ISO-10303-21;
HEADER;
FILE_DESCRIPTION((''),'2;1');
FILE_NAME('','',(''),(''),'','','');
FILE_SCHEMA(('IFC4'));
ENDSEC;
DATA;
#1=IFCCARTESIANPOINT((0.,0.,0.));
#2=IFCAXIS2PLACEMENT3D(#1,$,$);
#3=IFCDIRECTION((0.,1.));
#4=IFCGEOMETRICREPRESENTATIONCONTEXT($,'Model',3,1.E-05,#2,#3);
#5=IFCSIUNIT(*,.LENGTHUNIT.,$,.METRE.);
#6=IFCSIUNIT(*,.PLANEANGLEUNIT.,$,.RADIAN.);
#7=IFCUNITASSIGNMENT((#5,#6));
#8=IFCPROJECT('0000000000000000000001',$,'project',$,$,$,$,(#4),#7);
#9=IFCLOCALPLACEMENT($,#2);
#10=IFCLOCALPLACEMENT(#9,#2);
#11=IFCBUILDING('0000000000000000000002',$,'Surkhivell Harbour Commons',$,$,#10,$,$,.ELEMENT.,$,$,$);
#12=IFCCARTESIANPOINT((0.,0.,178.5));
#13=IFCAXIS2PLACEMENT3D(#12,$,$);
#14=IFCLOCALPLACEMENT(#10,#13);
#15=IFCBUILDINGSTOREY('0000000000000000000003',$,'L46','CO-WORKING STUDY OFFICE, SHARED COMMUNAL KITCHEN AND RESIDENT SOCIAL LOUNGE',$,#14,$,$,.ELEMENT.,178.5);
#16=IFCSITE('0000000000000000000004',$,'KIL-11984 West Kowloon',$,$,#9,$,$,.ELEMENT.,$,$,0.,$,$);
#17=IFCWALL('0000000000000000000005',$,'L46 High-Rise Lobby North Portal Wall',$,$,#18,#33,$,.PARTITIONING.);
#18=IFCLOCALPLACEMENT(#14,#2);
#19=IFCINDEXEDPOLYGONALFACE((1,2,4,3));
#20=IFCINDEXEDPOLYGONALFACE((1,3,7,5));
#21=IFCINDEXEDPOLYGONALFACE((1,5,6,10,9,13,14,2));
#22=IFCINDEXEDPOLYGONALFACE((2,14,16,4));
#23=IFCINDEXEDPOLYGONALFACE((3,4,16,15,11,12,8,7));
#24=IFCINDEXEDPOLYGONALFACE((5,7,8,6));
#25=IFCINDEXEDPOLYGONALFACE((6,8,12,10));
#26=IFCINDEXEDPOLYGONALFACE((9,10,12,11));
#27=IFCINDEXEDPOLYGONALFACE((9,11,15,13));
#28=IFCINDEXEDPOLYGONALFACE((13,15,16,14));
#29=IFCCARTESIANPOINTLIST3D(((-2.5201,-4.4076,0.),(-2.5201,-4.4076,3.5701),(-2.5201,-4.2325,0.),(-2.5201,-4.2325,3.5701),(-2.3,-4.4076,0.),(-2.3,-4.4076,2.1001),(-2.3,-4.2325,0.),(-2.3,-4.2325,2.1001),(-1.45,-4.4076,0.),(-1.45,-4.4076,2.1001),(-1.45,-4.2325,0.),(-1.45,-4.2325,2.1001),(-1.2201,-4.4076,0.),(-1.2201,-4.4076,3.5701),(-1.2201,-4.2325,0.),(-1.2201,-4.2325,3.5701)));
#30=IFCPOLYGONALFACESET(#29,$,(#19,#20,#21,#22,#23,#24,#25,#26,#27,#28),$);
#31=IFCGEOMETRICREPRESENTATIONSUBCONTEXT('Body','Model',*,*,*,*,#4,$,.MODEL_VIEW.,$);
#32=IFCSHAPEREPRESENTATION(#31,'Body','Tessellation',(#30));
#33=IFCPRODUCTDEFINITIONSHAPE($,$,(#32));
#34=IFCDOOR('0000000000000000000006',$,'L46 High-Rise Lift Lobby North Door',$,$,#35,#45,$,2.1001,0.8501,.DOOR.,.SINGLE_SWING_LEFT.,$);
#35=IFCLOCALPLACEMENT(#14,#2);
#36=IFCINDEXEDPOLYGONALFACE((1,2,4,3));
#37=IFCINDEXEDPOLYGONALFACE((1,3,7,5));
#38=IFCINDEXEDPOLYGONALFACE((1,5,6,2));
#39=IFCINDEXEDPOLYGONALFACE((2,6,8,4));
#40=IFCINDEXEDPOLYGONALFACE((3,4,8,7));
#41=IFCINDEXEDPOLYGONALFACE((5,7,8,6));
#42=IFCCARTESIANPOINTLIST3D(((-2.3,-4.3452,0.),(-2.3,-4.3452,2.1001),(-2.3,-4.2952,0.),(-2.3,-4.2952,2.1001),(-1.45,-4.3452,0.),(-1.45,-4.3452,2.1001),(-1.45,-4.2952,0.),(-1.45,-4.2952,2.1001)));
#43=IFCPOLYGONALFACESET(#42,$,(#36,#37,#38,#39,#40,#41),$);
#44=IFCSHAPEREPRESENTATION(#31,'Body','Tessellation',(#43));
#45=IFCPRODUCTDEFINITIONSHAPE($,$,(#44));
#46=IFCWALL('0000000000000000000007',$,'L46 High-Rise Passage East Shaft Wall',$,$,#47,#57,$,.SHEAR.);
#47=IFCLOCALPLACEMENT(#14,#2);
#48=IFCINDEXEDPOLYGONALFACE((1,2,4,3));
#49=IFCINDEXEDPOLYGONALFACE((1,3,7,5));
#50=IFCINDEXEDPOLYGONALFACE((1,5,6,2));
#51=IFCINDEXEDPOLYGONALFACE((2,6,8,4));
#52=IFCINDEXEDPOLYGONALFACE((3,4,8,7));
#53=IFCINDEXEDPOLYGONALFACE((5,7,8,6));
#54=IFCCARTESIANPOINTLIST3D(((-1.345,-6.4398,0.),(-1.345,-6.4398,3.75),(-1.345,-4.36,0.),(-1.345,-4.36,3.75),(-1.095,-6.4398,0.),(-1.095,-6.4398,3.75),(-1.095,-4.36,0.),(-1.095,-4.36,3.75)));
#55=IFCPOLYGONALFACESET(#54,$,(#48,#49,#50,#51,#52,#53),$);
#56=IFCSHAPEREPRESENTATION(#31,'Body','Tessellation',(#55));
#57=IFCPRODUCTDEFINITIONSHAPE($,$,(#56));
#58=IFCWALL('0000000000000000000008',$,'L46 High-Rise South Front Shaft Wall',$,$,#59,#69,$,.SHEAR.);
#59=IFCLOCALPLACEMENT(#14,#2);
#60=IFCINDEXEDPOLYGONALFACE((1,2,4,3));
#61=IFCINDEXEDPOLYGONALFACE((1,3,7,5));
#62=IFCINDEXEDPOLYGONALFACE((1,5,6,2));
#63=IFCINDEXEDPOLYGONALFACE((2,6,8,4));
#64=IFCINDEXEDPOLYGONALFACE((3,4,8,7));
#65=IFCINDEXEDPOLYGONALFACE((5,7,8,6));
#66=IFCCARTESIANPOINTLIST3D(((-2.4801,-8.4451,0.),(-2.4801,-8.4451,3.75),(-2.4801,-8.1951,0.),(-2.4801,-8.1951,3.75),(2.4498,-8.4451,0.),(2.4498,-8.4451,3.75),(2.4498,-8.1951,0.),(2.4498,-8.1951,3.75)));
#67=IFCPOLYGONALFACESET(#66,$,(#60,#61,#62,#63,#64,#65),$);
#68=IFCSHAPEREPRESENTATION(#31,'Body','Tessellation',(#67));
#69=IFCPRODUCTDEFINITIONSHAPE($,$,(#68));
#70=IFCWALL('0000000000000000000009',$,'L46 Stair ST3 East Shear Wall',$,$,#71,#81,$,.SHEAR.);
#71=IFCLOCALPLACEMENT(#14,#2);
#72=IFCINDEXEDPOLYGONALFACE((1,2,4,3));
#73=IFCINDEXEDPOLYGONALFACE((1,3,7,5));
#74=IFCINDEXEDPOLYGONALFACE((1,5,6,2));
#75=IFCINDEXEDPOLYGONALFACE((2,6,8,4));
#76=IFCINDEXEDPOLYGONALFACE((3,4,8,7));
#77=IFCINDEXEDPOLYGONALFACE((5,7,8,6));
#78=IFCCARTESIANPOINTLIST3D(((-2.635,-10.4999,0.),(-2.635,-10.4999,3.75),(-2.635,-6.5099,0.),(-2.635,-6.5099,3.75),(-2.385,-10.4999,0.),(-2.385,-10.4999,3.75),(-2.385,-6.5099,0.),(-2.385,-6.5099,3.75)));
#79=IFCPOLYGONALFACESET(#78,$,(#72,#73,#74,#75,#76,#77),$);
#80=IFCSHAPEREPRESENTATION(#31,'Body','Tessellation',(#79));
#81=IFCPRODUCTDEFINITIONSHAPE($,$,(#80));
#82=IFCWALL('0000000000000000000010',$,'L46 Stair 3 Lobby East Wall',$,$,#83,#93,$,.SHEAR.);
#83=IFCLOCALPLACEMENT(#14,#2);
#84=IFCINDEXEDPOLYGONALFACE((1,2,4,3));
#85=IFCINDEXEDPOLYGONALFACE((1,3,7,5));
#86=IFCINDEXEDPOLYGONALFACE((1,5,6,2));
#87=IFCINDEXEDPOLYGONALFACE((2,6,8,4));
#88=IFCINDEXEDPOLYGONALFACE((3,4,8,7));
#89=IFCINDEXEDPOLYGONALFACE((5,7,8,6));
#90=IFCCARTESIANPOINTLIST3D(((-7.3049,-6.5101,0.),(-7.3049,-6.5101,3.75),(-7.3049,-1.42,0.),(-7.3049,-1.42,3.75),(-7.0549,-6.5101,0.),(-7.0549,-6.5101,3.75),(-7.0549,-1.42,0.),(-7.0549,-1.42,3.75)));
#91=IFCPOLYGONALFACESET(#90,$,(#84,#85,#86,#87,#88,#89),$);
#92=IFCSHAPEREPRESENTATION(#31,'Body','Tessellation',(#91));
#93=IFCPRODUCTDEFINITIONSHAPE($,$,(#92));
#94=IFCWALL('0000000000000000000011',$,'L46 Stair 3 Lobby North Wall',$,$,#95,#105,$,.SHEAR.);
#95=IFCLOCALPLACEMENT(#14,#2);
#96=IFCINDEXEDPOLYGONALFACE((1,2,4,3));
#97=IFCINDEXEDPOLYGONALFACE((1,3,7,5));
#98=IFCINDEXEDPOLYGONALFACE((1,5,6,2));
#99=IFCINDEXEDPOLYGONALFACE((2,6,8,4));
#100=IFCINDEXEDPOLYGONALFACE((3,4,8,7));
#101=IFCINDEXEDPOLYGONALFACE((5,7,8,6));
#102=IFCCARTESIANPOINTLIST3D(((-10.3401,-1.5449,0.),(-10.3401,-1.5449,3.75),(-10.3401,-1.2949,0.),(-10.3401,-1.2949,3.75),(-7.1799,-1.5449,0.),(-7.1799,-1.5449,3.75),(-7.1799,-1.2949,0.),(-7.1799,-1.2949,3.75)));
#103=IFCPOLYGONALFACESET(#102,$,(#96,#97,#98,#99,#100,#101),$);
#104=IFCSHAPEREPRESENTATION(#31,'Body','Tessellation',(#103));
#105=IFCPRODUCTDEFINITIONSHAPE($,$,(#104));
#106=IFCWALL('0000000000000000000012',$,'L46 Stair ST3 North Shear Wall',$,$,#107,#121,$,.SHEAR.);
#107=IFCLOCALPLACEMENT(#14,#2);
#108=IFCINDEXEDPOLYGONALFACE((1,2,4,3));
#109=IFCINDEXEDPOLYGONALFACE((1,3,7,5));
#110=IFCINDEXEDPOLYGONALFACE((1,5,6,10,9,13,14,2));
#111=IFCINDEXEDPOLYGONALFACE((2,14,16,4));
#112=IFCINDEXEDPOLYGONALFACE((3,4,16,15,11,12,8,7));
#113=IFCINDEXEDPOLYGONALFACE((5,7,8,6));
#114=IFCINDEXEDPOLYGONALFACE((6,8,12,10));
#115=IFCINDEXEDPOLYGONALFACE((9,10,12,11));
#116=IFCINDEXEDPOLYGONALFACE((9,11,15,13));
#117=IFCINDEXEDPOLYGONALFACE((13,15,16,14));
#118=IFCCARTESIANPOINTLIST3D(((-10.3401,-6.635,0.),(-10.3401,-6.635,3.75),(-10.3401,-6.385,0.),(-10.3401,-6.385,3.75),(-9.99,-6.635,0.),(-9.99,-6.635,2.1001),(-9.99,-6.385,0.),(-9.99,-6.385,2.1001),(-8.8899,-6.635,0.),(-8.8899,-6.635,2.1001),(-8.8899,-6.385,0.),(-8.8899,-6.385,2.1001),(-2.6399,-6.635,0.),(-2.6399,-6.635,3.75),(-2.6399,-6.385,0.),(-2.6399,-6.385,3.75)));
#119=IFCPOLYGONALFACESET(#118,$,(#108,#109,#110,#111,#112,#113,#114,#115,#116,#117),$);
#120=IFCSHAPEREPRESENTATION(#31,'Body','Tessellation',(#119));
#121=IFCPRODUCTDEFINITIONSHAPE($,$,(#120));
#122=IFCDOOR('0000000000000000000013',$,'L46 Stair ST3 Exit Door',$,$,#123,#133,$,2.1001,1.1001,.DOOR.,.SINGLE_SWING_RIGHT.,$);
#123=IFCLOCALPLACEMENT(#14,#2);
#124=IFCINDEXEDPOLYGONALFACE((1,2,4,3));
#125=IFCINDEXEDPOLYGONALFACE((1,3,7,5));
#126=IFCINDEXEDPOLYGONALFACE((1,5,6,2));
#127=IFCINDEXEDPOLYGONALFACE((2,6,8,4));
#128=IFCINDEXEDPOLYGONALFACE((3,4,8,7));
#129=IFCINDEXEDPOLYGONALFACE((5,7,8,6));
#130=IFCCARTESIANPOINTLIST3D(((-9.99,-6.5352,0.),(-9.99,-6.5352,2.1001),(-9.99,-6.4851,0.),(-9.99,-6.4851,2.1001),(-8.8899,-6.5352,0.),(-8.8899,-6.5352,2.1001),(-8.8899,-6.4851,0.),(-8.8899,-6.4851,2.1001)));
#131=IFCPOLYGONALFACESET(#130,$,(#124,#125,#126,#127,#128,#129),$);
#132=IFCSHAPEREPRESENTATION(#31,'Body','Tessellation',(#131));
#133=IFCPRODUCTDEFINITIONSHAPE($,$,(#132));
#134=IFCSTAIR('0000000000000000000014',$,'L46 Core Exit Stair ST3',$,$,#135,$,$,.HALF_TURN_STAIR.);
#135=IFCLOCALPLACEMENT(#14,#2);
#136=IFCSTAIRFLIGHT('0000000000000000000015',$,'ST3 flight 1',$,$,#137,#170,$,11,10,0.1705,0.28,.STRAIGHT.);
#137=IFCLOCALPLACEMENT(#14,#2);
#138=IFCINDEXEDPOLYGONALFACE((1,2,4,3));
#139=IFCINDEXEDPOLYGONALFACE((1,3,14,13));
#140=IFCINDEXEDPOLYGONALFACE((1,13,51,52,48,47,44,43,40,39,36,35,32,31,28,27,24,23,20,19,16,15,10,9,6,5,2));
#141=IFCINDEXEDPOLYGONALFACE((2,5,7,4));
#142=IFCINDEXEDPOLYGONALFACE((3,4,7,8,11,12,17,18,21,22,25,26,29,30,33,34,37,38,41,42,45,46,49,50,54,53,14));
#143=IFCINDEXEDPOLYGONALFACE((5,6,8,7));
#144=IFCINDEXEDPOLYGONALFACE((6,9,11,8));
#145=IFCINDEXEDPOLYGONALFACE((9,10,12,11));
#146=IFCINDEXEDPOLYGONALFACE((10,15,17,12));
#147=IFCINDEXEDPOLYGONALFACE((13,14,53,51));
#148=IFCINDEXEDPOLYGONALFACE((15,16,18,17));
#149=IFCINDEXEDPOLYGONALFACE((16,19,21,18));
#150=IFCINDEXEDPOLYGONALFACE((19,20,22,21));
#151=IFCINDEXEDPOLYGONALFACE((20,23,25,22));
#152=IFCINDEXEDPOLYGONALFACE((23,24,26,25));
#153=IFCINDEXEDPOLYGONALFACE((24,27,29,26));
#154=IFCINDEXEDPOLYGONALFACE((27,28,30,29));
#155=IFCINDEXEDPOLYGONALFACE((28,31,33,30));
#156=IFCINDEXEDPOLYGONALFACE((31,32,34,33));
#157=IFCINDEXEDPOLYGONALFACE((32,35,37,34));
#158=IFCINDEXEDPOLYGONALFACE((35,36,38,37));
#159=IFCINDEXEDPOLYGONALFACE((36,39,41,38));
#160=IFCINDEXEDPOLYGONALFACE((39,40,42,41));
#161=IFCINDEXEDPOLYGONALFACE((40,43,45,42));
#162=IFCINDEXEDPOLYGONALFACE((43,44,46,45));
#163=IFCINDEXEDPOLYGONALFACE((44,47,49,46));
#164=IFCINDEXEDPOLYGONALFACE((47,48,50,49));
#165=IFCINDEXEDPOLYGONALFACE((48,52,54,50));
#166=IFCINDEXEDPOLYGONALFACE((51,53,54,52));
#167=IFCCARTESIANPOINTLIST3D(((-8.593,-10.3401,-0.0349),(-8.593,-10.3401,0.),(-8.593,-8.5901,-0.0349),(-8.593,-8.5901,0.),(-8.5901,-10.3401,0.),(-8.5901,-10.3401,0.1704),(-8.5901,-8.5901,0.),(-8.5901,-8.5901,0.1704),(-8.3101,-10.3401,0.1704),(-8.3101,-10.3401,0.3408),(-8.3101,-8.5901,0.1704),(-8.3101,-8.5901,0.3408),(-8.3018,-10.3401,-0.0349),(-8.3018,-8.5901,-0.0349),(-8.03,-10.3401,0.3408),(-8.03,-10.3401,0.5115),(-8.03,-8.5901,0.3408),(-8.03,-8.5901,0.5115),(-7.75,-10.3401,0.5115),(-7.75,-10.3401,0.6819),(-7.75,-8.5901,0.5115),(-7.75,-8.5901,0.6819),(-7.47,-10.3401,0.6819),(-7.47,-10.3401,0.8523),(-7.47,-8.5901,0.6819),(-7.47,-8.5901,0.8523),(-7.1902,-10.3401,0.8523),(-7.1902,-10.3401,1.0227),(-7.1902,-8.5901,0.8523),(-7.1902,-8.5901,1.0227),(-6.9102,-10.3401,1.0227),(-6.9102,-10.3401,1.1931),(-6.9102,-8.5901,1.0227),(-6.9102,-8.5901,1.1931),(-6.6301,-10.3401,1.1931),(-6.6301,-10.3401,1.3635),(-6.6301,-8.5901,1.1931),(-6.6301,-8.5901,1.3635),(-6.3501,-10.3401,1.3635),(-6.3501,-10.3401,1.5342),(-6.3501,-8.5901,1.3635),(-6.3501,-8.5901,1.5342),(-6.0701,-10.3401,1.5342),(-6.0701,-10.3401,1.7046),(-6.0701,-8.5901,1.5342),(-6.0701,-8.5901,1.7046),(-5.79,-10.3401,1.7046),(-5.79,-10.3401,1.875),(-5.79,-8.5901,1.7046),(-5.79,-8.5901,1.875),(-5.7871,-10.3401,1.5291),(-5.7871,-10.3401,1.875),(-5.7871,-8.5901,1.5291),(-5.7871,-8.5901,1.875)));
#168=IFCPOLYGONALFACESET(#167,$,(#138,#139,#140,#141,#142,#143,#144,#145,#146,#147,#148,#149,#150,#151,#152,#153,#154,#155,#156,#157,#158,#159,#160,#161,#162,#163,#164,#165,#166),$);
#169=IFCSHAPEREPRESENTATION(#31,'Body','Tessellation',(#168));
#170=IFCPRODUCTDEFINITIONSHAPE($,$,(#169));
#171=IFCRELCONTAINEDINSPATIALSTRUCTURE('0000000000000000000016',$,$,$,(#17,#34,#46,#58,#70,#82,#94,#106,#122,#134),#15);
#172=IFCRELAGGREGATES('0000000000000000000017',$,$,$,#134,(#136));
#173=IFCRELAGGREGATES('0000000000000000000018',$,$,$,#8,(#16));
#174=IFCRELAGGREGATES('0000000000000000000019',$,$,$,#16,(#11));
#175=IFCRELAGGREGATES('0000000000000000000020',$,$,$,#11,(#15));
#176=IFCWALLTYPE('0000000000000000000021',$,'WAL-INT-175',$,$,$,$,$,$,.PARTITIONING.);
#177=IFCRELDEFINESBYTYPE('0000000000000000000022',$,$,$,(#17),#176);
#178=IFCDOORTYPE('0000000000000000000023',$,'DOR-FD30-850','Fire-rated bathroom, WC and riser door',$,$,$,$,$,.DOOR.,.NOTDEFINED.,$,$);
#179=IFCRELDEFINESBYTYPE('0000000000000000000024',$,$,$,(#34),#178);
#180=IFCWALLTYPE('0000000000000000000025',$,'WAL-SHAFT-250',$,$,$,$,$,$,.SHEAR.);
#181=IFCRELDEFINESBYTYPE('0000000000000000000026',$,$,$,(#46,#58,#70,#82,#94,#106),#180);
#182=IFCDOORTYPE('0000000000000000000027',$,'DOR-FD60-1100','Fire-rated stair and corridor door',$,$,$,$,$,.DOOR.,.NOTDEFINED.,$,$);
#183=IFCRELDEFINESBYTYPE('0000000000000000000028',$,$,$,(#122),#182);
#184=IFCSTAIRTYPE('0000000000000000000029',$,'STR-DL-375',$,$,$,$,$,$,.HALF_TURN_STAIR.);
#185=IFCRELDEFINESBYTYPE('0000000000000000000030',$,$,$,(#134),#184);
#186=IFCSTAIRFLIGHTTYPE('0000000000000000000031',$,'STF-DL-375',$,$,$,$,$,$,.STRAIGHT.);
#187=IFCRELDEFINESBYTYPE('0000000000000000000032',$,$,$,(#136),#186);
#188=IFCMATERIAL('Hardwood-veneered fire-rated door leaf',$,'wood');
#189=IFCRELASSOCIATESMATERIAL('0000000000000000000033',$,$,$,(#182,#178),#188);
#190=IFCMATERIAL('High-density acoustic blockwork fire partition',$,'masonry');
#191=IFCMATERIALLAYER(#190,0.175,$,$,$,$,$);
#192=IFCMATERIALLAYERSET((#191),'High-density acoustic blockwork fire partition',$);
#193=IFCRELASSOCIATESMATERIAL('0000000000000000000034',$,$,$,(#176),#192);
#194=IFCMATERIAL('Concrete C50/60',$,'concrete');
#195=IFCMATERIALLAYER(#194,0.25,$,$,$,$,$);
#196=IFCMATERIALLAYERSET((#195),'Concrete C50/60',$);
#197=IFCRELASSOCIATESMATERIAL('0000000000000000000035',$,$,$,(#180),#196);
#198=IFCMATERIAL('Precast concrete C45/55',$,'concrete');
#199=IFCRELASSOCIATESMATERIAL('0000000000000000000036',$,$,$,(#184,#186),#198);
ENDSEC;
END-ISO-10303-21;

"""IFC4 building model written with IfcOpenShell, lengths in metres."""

from ifc_helpers import new_model, si_unit, direction, frame, frame_2d, origin, place, context, subcontext, project, spatial, polyline, rectangle, outline, extrude, material, layer, layer_set, type_object, element, fill, aggregate, save


model = new_model("IFC4")

# Units and contexts
model_context = context("Model", 3, precision=1e-05, world=origin(), true_north=direction((0.0, 1.0)))
body_context = subcontext(model_context, "Body", "Model", "MODEL_VIEW")
ifc_project = project(units=[si_unit("LENGTHUNIT", "METRE"), si_unit("PLANEANGLEUNIT", "RADIAN")], contexts=[model_context])

# Site, building, storey
site_placement = place(None, origin())
site = spatial("IfcSite", under=ifc_project, at=site_placement, Name="KIL-11984 West Kowloon", CompositionType="ELEMENT", RefElevation=0.0)
building_placement = place(site_placement, origin())
building = spatial("IfcBuilding", under=site, at=building_placement, Name="Surkhivell Harbour Commons", CompositionType="ELEMENT")
storey_placement = place(building_placement, frame((0.0, 0.0, 178.5)))
storey = spatial("IfcBuildingStorey", under=building, at=storey_placement, Name="L46", Description="CO-WORKING STUDY OFFICE, SHARED COMMUNAL KITCHEN AND RESIDENT SOCIAL LOUNGE", CompositionType="ELEMENT", Elevation=178.5)

# Shared definitions
ifc_material_1 = material(Name="Hardwood-veneered fire-rated door leaf", Category="wood")
door_type_1 = type_object("IfcDoorType", Name="DOR-FD60-1100", Description="Fire-rated stair and corridor door", OperationType="NOTDEFINED", PredefinedType="DOOR", material=ifc_material_1)
door_type_2 = type_object("IfcDoorType", Name="DOR-FD30-850", Description="Fire-rated bathroom, WC and riser door", OperationType="NOTDEFINED", PredefinedType="DOOR", material=ifc_material_1)
ifc_material_2 = material(Name="High-density acoustic blockwork fire partition", Category="masonry")
ifc_layer_1 = layer(ifc_material_2, 0.175)
ifc_layer_set_1 = layer_set([ifc_layer_1], Name="High-density acoustic blockwork fire partition")
wall_type_1 = type_object("IfcWallType", Name="WAL-INT-175", PredefinedType="PARTITIONING", material=ifc_layer_set_1)

# Wall, opening, door
wall_1_placement = place(storey_placement, frame((-2.52, -4.3201, 0.0), z_axis=(0.0, 0.0, 1.0), x_axis=(1.0, 0.0, 0.0)))
wall_1 = element("IfcWall", 1, at=wall_1_placement, inside=storey, type_object=wall_type_1, Name="L46 High-Rise Lobby North Portal Wall", PredefinedType="PARTITIONING", context=body_context, shape_type="SweptSolid", body=[
    extrude(rectangle(XDim=1.3, YDim=0.175, at=frame_2d((0.6499, 0.0))), origin(), (0.0, 0.0, 1.0), 3.5701),
])
opening_1_placement = place(wall_1_placement, frame((0.22, 0.0, 0.0)))
opening_1 = element("IfcOpeningElement", 2, at=opening_1_placement, cuts=wall_1, PredefinedType="OPENING", context=body_context, shape_type="SweptSolid", body=[
    extrude(rectangle(XDim=0.8501, YDim=2.1001, at=frame_2d((0.425, 1.05))), frame((0.0, 0.0974, 0.0), z_axis=(0.0, -1.0, 0.0), x_axis=(1.0, 0.0, 0.0)), (0.0, 0.0, 1.0), 0.1951),
])
door_1_placement = place(opening_1_placement, origin())
door_1 = element("IfcDoor", 3, at=door_1_placement, inside=storey, type_object=door_type_2, Name="L46 High-Rise Lift Lobby North Door", OperationType="SINGLE_SWING_LEFT", OverallHeight=2.1001, OverallWidth=0.8501, PredefinedType="DOOR", context=body_context, shape_type="SweptSolid", body=[
    extrude(rectangle(XDim=0.8501, YDim=2.1001, at=frame_2d((0.425, 1.05))), frame((0.0, 0.0249, 0.0), z_axis=(0.0, -1.0, 0.0), x_axis=(1.0, 0.0, 0.0)), (0.0, 0.0, 1.0), 0.05),
])
fill(opening_1, door_1)

# Walls
ifc_material_3 = material(Name="Concrete C50/60", Category="concrete")
ifc_layer_2 = layer(ifc_material_3, 0.25)
ifc_layer_set_2 = layer_set([ifc_layer_2], Name="Concrete C50/60")
wall_type_2 = type_object("IfcWallType", Name="WAL-SHAFT-250", PredefinedType="SHEAR", material=ifc_layer_set_2)
wall_2_placement = place(storey_placement, frame((-1.22, -6.4399, 0.0), z_axis=(0.0, 0.0, 1.0), x_axis=(0.0, 1.0, 0.0)))
element("IfcWall", 4, at=wall_2_placement, inside=storey, type_object=wall_type_2, Name="L46 High-Rise Passage East Shaft Wall", PredefinedType="SHEAR", context=body_context, shape_type="SweptSolid", body=[
    extrude(rectangle(XDim=2.0798, YDim=0.25, at=frame_2d((1.04, 0.0))), origin(), (0.0, 0.0, 1.0), 3.75),
])
wall_3_placement = place(storey_placement, frame((-2.48, -8.3201, 0.0), z_axis=(0.0, 0.0, 1.0), x_axis=(1.0, 0.0, 0.0)))
element("IfcWall", 5, at=wall_3_placement, inside=storey, type_object=wall_type_2, Name="L46 High-Rise South Front Shaft Wall", PredefinedType="SHEAR", context=body_context, shape_type="SweptSolid", body=[
    extrude(rectangle(XDim=4.9299, YDim=0.25, at=frame_2d((2.4648, 0.0))), origin(), (0.0, 0.0, 1.0), 3.75),
])
wall_4_placement = place(storey_placement, frame((-2.51, -10.5, 0.0), z_axis=(0.0, 0.0, 1.0), x_axis=(0.0, 1.0, 0.0)))
element("IfcWall", 6, at=wall_4_placement, inside=storey, type_object=wall_type_2, Name="L46 Stair ST3 East Shear Wall", PredefinedType="SHEAR", context=body_context, shape_type="SweptSolid", body=[
    extrude(rectangle(XDim=3.99, YDim=0.25, at=frame_2d((1.9951, 0.0))), origin(), (0.0, 0.0, 1.0), 3.75),
])
wall_5_placement = place(storey_placement, frame((-7.1799, -6.51, 0.0), z_axis=(0.0, 0.0, 1.0), x_axis=(0.0, 1.0, 0.0)))
element("IfcWall", 7, at=wall_5_placement, inside=storey, type_object=wall_type_2, Name="L46 Stair 3 Lobby East Wall", PredefinedType="SHEAR", context=body_context, shape_type="SweptSolid", body=[
    extrude(rectangle(XDim=5.0901, YDim=0.25, at=frame_2d((2.5449, 0.0))), origin(), (0.0, 0.0, 1.0), 3.75),
])
wall_6_placement = place(storey_placement, frame((-10.3401, -1.4199, 0.0), z_axis=(0.0, 0.0, 1.0), x_axis=(1.0, 0.0, 0.0)))
element("IfcWall", 8, at=wall_6_placement, inside=storey, type_object=wall_type_2, Name="L46 Stair 3 Lobby North Wall", PredefinedType="SHEAR", context=body_context, shape_type="SweptSolid", body=[
    extrude(rectangle(XDim=3.1602, YDim=0.25, at=frame_2d((1.5801, 0.0))), origin(), (0.0, 0.0, 1.0), 3.75),
])

# Wall, opening, door
wall_7_placement = place(storey_placement, frame((-10.3401, -6.51, 0.0), z_axis=(0.0, 0.0, 1.0), x_axis=(1.0, 0.0, 0.0)))
wall_7 = element("IfcWall", 9, at=wall_7_placement, inside=storey, type_object=wall_type_2, Name="L46 Stair ST3 North Shear Wall", PredefinedType="SHEAR", context=body_context, shape_type="SweptSolid", body=[
    extrude(rectangle(XDim=7.7002, YDim=0.25, at=frame_2d((3.8501, 0.0))), origin(), (0.0, 0.0, 1.0), 3.75),
])
opening_2_placement = place(wall_7_placement, frame((0.3501, 0.0, 0.0)))
opening_2 = element("IfcOpeningElement", 10, at=opening_2_placement, cuts=wall_7, PredefinedType="OPENING", context=body_context, shape_type="SweptSolid", body=[
    extrude(rectangle(XDim=1.1001, YDim=2.1001, at=frame_2d((0.55, 1.05))), frame((0.0, 0.135, 0.0), z_axis=(0.0, -1.0, 0.0), x_axis=(1.0, 0.0, 0.0)), (0.0, 0.0, 1.0), 0.27),
])
door_2_placement = place(opening_2_placement, origin())
door_2 = element("IfcDoor", 11, at=door_2_placement, inside=storey, type_object=door_type_1, Name="L46 Stair ST3 Exit Door", OperationType="SINGLE_SWING_RIGHT", OverallHeight=2.1001, OverallWidth=1.1001, PredefinedType="DOOR", context=body_context, shape_type="SweptSolid", body=[
    extrude(rectangle(XDim=1.1001, YDim=2.1001, at=frame_2d((0.55, 1.05))), frame((0.0, 0.0249, 0.0), z_axis=(0.0, -1.0, 0.0), x_axis=(1.0, 0.0, 0.0)), (0.0, 0.0, 1.0), 0.05),
])
fill(opening_2, door_2)

# Stair, stair flight
ifc_material_4 = material(Name="Precast concrete C45/55", Category="concrete")
stair_type = type_object("IfcStairType", Name="STR-DL-375", PredefinedType="HALF_TURN_STAIR", material=ifc_material_4)
stair_placement = place(storey_placement, origin())
stair = element("IfcStair", 12, at=stair_placement, inside=storey, type_object=stair_type, Name="L46 Core Exit Stair ST3", PredefinedType="HALF_TURN_STAIR")
stair_flight_type = type_object("IfcStairFlightType", Name="STF-DL-375", PredefinedType="STRAIGHT", material=ifc_material_4)
stair_flight_1_placement = place(storey_placement, frame((-8.5901, -9.4651, 0.0), z_axis=(0.0, 0.0, 1.0), x_axis=(1.0, 0.0, 0.0)))
stair_flight_1 = element("IfcStairFlight", 13, at=stair_flight_1_placement, type_object=stair_flight_type, Name="ST3 flight 1", NumberOfRisers=11, NumberOfTreads=10, PredefinedType="STRAIGHT", RiserHeight=0.1705, TreadLength=0.28, context=body_context, shape_type="SweptSolid", body=[
    extrude(outline(polyline([(-0.0029, -0.0349), (-0.0029, 0.0), (0.0, 0.0), (0.0, 0.1704), (0.28, 0.1704), (0.28, 0.3408), (0.5601, 0.3408), (0.5601, 0.5115), (0.8401, 0.5115), (0.8401, 0.6819), (1.1201, 0.6819), (1.1201, 0.8523), (1.3999, 0.8523), (1.3999, 1.0227), (1.6799, 1.0227), (1.6799, 1.1931), (1.96, 1.1931), (1.96, 1.3635), (2.24, 1.3635), (2.24, 1.5342), (2.52, 1.5342), (2.52, 1.7046), (2.8, 1.7046), (2.8, 1.875), (2.803, 1.875), (2.803, 1.5291), (0.2883, -0.0349), (-0.0029, -0.0349)])), frame((0.0, 0.875, 0.0), z_axis=(0.0, -1.0, 0.0), x_axis=(1.0, 0.0, 0.0)), (0.0, 0.0, 1.0), 1.75),
])
aggregate(stair, [stair_flight_1])

save(model, "model.ifc")
